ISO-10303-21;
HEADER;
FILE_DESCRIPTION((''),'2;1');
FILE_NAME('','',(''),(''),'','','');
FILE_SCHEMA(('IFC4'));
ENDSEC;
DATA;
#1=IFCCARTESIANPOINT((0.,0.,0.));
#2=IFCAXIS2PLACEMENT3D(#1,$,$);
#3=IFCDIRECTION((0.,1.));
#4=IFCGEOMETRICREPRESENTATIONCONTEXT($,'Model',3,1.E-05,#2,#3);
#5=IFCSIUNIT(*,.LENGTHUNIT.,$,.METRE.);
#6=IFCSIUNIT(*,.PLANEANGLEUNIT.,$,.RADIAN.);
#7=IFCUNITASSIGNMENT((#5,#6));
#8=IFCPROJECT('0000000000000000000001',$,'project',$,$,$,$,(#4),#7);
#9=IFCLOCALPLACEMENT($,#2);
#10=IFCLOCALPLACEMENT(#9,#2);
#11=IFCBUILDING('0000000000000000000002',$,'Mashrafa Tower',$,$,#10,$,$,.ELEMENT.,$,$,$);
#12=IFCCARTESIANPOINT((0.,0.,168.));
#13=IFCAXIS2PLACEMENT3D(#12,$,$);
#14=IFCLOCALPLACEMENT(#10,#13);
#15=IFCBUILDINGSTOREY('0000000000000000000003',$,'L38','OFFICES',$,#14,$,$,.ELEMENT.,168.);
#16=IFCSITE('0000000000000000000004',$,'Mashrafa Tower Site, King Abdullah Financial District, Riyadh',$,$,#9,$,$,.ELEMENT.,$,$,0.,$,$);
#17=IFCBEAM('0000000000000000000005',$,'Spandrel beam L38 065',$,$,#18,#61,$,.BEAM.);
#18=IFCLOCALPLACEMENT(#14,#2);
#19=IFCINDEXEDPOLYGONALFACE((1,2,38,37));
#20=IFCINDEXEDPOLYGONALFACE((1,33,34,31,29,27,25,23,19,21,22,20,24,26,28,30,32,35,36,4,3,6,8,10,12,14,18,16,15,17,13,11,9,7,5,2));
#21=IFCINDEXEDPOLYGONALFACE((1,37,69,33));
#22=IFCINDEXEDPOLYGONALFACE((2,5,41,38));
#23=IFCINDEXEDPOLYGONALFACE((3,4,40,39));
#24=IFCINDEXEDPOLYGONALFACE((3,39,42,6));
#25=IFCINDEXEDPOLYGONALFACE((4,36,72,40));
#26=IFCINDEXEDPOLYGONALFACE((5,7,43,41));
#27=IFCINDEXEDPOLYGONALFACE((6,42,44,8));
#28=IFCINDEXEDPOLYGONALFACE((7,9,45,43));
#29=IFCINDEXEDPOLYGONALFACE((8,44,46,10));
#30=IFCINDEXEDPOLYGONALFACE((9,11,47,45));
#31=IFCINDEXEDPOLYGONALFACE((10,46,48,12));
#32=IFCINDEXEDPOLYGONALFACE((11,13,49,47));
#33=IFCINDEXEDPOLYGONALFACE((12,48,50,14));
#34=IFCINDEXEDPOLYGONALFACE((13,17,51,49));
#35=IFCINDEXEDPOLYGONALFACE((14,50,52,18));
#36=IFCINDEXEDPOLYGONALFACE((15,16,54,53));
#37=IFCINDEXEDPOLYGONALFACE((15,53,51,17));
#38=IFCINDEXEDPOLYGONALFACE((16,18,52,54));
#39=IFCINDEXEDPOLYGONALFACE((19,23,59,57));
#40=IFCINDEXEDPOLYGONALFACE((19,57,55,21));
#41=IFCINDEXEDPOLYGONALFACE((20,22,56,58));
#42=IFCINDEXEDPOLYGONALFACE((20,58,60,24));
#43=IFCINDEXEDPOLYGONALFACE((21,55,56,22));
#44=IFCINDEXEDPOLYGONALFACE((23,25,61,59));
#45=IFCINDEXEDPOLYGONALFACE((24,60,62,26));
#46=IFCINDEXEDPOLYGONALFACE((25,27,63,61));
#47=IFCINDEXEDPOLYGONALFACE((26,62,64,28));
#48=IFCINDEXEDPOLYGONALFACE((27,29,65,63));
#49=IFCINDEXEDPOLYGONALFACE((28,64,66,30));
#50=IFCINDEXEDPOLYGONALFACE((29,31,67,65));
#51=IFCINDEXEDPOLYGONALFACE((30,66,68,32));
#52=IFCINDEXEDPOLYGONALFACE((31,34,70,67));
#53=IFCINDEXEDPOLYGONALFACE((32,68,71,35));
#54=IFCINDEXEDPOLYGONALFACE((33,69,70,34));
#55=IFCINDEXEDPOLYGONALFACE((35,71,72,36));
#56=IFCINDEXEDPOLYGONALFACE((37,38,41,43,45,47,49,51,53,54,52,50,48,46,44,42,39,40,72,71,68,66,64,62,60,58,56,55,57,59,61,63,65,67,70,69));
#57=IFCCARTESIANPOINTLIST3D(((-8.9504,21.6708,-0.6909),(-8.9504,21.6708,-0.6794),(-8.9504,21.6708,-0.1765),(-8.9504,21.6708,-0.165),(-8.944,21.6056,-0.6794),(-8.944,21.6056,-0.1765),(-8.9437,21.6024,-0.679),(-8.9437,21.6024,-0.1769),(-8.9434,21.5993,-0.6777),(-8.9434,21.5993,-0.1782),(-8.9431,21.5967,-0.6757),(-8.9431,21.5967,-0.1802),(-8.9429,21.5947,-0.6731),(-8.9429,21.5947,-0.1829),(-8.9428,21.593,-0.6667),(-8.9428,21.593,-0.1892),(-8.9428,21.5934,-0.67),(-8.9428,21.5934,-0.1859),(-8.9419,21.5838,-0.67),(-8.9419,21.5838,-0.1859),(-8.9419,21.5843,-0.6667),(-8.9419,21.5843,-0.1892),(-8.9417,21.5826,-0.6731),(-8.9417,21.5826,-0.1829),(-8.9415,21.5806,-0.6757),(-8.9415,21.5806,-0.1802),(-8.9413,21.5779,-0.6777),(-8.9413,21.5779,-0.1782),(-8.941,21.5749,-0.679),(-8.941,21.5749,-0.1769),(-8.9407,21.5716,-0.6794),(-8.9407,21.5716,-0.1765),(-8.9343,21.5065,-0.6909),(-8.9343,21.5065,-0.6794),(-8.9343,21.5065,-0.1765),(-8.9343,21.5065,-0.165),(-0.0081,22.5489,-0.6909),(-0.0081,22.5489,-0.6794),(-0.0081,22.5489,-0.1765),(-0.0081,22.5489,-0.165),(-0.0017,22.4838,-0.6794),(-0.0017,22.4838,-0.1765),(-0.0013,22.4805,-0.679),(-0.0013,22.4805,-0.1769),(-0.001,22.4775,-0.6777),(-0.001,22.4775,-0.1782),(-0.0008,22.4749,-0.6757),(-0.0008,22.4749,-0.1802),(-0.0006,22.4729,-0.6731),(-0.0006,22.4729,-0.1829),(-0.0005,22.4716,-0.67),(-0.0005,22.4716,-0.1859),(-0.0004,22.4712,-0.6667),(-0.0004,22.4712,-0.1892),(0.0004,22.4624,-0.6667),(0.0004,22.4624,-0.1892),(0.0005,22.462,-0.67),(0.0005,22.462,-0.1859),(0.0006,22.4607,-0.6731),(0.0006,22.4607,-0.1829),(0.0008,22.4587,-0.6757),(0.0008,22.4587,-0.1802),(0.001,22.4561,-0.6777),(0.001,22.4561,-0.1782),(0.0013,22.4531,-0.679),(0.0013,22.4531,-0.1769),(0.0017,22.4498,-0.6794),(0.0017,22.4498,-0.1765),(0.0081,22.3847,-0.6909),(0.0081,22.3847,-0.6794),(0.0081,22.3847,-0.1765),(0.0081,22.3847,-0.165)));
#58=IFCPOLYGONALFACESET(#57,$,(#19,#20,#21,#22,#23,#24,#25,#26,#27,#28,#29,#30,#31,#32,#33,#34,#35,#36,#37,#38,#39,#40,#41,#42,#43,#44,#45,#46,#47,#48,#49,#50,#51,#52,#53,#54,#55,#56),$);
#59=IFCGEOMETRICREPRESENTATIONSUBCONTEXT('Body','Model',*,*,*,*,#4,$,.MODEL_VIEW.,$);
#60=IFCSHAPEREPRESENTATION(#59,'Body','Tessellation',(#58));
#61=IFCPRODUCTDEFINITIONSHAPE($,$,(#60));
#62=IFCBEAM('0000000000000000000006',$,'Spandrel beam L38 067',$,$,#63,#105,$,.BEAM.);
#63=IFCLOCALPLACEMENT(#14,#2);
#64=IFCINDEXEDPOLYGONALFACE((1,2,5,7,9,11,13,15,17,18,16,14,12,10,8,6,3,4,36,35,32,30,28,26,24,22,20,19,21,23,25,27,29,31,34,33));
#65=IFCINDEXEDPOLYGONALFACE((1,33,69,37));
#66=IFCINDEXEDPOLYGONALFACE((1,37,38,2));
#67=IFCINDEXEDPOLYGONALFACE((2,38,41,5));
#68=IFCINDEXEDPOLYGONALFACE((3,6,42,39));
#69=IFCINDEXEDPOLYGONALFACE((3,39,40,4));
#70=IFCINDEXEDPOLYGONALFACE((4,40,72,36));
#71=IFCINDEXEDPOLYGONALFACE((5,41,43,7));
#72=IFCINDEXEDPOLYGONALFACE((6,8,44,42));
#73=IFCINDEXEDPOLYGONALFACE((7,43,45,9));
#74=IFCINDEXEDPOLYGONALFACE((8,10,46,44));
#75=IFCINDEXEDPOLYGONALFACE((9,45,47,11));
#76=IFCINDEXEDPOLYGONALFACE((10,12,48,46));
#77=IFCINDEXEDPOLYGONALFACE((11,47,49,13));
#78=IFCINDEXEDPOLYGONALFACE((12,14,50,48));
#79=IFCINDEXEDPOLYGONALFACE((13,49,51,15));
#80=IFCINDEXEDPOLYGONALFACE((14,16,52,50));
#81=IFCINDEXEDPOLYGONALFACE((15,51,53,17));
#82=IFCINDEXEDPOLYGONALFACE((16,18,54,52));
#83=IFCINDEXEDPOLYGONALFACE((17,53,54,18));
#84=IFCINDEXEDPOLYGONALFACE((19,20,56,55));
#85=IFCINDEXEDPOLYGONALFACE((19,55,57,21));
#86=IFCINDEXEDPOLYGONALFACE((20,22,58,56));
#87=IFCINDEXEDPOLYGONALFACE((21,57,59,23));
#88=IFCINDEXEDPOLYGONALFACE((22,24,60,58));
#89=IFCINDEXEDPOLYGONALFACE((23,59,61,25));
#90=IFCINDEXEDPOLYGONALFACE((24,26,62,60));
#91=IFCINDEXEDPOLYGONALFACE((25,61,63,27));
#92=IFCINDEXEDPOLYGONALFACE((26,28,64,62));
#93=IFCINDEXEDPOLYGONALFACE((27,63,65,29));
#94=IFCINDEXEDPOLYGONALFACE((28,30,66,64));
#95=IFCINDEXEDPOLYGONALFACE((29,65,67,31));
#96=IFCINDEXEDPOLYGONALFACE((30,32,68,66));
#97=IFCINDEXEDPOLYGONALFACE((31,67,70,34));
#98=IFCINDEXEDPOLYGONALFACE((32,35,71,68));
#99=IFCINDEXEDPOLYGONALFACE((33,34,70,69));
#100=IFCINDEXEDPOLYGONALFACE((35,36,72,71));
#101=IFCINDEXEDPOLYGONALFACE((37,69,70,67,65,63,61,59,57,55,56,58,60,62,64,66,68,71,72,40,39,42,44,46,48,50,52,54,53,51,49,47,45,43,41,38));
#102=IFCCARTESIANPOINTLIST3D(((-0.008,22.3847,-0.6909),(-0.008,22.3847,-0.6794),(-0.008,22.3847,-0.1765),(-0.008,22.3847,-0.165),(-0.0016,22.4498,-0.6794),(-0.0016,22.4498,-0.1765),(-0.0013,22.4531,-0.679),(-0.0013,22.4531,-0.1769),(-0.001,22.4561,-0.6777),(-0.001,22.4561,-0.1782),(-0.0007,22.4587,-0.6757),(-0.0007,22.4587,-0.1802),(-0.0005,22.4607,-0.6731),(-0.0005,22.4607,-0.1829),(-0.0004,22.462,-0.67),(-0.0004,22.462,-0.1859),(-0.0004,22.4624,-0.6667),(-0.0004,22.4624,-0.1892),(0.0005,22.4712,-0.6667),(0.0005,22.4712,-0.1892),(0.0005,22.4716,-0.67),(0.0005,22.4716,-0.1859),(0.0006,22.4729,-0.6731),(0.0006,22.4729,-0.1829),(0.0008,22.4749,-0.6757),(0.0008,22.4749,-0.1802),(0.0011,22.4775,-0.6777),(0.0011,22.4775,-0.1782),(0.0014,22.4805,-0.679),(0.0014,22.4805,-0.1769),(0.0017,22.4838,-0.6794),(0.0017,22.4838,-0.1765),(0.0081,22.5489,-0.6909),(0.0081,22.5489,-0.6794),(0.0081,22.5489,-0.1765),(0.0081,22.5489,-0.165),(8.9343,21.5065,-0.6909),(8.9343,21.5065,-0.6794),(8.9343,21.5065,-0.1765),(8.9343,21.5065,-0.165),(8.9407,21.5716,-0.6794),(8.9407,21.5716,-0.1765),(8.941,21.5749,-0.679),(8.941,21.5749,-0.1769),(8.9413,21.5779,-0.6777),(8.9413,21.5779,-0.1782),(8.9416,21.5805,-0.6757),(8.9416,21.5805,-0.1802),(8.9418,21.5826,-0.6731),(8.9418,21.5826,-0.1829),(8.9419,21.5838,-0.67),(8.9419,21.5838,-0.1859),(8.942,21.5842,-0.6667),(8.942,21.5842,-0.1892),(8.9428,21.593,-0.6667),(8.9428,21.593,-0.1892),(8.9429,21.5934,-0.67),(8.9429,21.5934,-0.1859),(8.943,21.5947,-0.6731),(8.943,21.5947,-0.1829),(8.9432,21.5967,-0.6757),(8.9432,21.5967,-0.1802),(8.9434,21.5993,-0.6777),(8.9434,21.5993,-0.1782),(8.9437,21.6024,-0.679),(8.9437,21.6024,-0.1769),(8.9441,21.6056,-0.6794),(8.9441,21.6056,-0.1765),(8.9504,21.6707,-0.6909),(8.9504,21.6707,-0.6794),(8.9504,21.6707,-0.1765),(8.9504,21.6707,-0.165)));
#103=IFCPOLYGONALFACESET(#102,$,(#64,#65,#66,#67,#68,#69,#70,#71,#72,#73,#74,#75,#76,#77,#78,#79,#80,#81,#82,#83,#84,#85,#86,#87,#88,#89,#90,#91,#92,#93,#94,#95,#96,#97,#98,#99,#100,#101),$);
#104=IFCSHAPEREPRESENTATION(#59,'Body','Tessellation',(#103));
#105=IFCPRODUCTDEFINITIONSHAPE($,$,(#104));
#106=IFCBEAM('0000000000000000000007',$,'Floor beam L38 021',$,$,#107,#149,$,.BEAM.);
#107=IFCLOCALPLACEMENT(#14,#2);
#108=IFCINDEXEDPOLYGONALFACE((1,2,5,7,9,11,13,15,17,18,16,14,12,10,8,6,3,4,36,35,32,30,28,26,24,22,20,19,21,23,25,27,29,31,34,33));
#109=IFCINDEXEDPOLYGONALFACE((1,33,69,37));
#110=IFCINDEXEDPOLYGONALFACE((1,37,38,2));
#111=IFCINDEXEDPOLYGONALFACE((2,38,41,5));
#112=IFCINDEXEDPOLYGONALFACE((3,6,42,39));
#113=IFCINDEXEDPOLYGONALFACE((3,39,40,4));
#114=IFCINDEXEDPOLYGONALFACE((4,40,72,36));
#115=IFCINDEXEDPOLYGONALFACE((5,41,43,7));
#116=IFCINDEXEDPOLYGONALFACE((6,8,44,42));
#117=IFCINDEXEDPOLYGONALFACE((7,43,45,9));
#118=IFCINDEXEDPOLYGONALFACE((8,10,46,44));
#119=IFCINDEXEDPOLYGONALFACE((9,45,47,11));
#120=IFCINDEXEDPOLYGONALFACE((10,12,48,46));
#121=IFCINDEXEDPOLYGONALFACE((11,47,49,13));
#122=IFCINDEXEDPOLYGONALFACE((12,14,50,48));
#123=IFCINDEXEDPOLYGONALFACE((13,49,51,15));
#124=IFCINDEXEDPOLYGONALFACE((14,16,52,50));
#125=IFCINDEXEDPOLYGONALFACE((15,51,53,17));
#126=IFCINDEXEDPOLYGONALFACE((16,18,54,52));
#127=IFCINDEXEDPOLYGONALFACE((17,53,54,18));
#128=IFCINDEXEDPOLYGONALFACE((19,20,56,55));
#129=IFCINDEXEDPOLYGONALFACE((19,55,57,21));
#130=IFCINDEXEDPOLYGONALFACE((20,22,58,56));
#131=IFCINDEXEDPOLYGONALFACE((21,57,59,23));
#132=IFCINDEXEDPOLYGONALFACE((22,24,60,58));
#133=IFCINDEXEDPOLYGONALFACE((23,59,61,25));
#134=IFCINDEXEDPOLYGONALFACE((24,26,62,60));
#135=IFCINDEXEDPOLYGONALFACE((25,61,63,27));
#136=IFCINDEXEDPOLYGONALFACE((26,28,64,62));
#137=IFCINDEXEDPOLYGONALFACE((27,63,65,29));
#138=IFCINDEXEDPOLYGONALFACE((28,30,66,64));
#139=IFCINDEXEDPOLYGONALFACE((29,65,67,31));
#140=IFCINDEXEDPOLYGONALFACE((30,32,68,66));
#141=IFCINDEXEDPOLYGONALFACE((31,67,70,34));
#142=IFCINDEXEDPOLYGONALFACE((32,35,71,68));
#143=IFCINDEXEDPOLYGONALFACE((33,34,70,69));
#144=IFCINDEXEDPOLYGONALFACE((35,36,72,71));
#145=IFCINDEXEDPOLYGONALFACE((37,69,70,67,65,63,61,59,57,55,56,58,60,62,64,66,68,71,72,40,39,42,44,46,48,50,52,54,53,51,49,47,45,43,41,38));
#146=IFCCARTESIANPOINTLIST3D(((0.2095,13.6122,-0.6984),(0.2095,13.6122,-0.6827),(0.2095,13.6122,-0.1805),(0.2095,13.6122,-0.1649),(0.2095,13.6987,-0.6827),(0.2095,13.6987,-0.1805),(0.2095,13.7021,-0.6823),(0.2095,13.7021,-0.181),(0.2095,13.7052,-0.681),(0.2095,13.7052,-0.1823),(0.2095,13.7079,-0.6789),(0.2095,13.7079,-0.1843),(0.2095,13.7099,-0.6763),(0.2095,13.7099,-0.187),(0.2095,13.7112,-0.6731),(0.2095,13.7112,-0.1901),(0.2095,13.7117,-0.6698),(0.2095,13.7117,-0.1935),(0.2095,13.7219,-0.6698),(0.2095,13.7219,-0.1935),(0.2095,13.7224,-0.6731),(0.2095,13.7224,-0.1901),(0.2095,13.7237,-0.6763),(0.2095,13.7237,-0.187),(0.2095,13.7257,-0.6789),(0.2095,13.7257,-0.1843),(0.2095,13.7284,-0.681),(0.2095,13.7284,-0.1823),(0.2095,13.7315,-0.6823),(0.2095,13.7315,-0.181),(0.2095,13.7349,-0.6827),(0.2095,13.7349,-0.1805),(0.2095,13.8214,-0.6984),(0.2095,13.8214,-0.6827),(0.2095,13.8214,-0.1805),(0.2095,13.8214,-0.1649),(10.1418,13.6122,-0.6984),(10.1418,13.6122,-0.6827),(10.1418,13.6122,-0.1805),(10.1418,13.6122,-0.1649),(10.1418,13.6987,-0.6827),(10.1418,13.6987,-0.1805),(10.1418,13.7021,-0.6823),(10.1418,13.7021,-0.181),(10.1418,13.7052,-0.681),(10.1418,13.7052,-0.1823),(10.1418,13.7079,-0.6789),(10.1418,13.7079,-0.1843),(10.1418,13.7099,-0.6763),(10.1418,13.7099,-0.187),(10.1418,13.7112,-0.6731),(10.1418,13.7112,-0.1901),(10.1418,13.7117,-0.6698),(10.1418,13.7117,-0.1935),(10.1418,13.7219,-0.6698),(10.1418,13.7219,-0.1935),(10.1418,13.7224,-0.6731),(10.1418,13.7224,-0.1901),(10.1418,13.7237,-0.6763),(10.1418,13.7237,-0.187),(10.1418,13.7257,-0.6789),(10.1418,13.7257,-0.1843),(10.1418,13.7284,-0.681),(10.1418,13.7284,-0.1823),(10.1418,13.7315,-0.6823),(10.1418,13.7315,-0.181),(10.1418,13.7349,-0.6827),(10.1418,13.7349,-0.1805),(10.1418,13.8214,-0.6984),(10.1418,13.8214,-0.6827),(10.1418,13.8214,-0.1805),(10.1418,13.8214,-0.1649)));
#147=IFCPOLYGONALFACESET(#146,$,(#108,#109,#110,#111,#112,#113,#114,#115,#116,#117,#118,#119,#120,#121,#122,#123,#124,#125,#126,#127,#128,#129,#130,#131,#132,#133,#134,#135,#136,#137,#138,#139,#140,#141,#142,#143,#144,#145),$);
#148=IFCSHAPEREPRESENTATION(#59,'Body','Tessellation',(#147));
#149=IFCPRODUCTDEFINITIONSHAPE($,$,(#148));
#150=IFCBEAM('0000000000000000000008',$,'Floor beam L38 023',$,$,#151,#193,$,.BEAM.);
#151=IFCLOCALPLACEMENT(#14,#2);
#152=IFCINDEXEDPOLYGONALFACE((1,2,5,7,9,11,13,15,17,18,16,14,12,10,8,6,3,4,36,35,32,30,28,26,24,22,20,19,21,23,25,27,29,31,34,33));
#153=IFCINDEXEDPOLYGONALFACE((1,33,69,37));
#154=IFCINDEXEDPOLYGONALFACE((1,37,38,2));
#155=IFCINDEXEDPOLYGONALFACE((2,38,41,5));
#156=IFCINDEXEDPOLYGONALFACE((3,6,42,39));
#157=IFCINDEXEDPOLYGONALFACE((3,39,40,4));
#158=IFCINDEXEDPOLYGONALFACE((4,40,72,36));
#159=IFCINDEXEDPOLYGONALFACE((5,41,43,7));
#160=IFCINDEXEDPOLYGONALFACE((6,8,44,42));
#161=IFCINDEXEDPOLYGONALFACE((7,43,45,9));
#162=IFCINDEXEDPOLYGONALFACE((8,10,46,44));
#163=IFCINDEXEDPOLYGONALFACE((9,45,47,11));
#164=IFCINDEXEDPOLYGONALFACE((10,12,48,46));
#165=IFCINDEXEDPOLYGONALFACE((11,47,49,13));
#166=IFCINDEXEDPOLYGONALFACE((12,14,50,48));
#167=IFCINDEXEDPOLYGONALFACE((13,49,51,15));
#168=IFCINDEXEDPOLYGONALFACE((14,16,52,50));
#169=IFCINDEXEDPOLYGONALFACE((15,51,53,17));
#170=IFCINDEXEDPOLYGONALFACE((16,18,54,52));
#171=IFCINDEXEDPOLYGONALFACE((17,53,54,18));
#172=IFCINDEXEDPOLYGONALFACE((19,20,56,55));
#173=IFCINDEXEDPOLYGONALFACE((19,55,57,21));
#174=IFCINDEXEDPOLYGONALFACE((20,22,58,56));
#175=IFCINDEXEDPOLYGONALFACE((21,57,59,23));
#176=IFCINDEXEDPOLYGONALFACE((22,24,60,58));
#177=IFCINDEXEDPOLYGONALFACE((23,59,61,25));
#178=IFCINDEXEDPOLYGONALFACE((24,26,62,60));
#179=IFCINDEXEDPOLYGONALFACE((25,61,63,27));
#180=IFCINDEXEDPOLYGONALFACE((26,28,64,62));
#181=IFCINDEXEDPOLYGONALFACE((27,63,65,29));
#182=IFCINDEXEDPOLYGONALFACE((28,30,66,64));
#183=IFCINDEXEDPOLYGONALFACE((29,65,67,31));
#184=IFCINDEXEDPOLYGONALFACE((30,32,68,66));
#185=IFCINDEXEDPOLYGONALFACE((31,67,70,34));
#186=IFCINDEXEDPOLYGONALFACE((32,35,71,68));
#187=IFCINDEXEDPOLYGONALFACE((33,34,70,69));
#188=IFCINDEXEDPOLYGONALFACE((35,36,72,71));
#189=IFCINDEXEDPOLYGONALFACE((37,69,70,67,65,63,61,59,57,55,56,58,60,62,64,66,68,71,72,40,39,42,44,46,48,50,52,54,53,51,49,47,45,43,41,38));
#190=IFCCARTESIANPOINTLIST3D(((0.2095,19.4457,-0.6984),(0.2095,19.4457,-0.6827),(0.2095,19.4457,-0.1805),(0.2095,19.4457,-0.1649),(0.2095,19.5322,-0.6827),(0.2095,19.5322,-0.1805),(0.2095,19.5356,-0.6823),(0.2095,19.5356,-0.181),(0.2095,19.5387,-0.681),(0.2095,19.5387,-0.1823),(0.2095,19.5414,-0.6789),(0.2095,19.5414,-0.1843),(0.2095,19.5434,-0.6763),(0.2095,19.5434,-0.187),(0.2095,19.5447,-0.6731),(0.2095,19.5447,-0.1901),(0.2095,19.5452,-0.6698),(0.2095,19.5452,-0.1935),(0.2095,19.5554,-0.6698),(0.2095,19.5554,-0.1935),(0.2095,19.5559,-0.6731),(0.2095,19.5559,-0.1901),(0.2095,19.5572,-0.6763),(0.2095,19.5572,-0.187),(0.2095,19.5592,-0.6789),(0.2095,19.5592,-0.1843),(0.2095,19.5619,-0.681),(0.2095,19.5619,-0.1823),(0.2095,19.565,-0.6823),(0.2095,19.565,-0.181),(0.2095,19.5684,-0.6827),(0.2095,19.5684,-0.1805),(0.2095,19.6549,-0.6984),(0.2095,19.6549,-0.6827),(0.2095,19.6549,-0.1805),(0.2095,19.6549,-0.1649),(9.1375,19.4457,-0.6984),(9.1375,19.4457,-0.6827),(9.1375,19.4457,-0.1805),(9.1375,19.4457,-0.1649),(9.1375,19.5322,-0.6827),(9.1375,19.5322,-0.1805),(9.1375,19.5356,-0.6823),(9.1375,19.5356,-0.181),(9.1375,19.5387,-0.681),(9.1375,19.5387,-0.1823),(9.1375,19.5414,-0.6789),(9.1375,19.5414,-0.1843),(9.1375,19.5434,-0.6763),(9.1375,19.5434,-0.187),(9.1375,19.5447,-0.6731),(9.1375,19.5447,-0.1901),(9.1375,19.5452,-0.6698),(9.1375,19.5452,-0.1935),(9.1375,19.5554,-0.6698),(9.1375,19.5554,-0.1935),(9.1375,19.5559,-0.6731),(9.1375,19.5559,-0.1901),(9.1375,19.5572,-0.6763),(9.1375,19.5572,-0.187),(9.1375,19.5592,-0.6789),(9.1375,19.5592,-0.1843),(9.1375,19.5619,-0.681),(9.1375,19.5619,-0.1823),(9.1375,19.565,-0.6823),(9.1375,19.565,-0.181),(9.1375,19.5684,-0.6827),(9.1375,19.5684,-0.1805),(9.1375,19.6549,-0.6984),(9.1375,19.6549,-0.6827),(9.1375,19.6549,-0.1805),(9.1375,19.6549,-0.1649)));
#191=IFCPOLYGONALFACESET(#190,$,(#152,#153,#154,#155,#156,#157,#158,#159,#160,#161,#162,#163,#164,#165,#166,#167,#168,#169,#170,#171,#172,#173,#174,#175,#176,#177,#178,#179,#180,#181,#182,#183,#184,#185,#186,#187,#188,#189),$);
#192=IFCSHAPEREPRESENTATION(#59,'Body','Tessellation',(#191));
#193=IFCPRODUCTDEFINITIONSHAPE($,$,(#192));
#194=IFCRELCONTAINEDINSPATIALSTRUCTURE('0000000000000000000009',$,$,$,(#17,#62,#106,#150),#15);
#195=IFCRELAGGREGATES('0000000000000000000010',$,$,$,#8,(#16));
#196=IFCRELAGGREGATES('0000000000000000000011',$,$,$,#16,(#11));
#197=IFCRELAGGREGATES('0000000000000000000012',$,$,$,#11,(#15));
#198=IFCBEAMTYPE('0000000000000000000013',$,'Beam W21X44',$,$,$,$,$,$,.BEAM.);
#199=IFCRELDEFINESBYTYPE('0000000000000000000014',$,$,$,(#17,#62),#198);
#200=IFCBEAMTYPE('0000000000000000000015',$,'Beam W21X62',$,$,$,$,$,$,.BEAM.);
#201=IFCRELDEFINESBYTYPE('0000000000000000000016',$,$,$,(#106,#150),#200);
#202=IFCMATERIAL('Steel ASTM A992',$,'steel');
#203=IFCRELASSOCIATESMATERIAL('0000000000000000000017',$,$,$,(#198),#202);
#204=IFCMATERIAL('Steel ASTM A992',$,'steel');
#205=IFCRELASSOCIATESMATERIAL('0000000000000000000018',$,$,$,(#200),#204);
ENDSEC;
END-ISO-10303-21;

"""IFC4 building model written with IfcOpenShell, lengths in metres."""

from ifc_helpers import new_model, si_unit, direction, frame, origin, origin_2d, place, context, subcontext, project, spatial, i_section, extrude, material, material_profile, profile_set, type_object, element, save


model = new_model("IFC4")

# Units and contexts
model_context = context("Model", 3, precision=1e-05, world=origin(), true_north=direction((0.0, 1.0)))
body_context = subcontext(model_context, "Body", "Model", "MODEL_VIEW")
ifc_project = project(units=[si_unit("LENGTHUNIT", "METRE"), si_unit("PLANEANGLEUNIT", "RADIAN")], contexts=[model_context])

# Site, building, storey
site_placement = place(None, origin())
site = spatial("IfcSite", under=ifc_project, at=site_placement, Name="Mashrafa Tower Site, King Abdullah Financial District, Riyadh", CompositionType="ELEMENT", RefElevation=0.0)
building_placement = place(site_placement, origin())
building = spatial("IfcBuilding", under=site, at=building_placement, Name="Mashrafa Tower", CompositionType="ELEMENT")
storey_placement = place(building_placement, frame((0.0, 0.0, 168.0)))
storey = spatial("IfcBuildingStorey", under=building, at=storey_placement, Name="L38", Description="OFFICES", CompositionType="ELEMENT", Elevation=168.0)

# Beams
ifc_material_1 = material(Name="Steel ASTM A992", Category="steel")
ifc_material_profile_1 = material_profile(ifc_material_1, i_section(OverallWidth=0.165, OverallDepth=0.5259, WebThickness=0.0088, FlangeThickness=0.0115, FilletRadius=0.0127, at=origin_2d()), Name="W21X44")
ifc_profile_set_1 = profile_set([ifc_material_profile_1], Name="Steel ASTM A992")
beam_type_1 = type_object("IfcBeamType", Name="Beam W21X44", PredefinedType="BEAM", material=ifc_profile_set_1)
for number, where, z_axis, x_axis, name in (
    (1, (0.0, 22.4668, -0.428), (-0.995213, -0.097733, 0.0), (0.097733, -0.995213, 0.0), "Spandrel beam L38 065"),
    (2, (8.9424, 21.5886, -0.428), (-0.995213, 0.097733, 0.0), (-0.097733, -0.995213, 0.0), "Spandrel beam L38 067"),
):
    element("IfcBeam", number, at=place(storey_placement, frame(where, z_axis=z_axis, x_axis=x_axis)), inside=storey, type_object=beam_type_1, Name=name, PredefinedType="BEAM", context=body_context, shape_type="SweptSolid", body=[
        extrude(i_section(OverallWidth=0.165, OverallDepth=0.5259, WebThickness=0.0088, FlangeThickness=0.0115, FilletRadius=0.0127, at=origin_2d()), origin(), (0.0, 0.0, 1.0), 8.9854),
    ])
ifc_material_2 = material(Name="Steel ASTM A992", Category="steel")
ifc_material_profile_2 = material_profile(ifc_material_2, i_section(OverallWidth=0.2092, OverallDepth=0.5334, WebThickness=0.0103, FlangeThickness=0.0156, FilletRadius=0.0129, at=origin_2d()), Name="W21X62")
ifc_profile_set_2 = profile_set([ifc_material_profile_2], Name="Steel ASTM A992")
beam_type_2 = type_object("IfcBeamType", Name="Beam W21X62", PredefinedType="BEAM", material=ifc_profile_set_2)
beam_1_placement = place(storey_placement, frame((0.2095, 13.7168, -0.4316), z_axis=(1.0, 0.0, 0.0), x_axis=(0.0, 1.0, 0.0)))
element("IfcBeam", 3, at=beam_1_placement, inside=storey, type_object=beam_type_2, Name="Floor beam L38 021", PredefinedType="BEAM", context=body_context, shape_type="SweptSolid", body=[
    extrude(i_section(OverallWidth=0.2092, OverallDepth=0.5334, WebThickness=0.0103, FlangeThickness=0.0156, FilletRadius=0.0129, at=origin_2d()), origin(), (0.0, 0.0, 1.0), 9.9324),
])
beam_2_placement = place(storey_placement, frame((0.2095, 19.5503, -0.4316), z_axis=(1.0, 0.0, 0.0), x_axis=(0.0, 1.0, 0.0)))
element("IfcBeam", 4, at=beam_2_placement, inside=storey, type_object=beam_type_2, Name="Floor beam L38 023", PredefinedType="BEAM", context=body_context, shape_type="SweptSolid", body=[
    extrude(i_section(OverallWidth=0.2092, OverallDepth=0.5334, WebThickness=0.0103, FlangeThickness=0.0156, FilletRadius=0.0129, at=origin_2d()), origin(), (0.0, 0.0, 1.0), 8.928),
])

save(model, "model.ifc")
